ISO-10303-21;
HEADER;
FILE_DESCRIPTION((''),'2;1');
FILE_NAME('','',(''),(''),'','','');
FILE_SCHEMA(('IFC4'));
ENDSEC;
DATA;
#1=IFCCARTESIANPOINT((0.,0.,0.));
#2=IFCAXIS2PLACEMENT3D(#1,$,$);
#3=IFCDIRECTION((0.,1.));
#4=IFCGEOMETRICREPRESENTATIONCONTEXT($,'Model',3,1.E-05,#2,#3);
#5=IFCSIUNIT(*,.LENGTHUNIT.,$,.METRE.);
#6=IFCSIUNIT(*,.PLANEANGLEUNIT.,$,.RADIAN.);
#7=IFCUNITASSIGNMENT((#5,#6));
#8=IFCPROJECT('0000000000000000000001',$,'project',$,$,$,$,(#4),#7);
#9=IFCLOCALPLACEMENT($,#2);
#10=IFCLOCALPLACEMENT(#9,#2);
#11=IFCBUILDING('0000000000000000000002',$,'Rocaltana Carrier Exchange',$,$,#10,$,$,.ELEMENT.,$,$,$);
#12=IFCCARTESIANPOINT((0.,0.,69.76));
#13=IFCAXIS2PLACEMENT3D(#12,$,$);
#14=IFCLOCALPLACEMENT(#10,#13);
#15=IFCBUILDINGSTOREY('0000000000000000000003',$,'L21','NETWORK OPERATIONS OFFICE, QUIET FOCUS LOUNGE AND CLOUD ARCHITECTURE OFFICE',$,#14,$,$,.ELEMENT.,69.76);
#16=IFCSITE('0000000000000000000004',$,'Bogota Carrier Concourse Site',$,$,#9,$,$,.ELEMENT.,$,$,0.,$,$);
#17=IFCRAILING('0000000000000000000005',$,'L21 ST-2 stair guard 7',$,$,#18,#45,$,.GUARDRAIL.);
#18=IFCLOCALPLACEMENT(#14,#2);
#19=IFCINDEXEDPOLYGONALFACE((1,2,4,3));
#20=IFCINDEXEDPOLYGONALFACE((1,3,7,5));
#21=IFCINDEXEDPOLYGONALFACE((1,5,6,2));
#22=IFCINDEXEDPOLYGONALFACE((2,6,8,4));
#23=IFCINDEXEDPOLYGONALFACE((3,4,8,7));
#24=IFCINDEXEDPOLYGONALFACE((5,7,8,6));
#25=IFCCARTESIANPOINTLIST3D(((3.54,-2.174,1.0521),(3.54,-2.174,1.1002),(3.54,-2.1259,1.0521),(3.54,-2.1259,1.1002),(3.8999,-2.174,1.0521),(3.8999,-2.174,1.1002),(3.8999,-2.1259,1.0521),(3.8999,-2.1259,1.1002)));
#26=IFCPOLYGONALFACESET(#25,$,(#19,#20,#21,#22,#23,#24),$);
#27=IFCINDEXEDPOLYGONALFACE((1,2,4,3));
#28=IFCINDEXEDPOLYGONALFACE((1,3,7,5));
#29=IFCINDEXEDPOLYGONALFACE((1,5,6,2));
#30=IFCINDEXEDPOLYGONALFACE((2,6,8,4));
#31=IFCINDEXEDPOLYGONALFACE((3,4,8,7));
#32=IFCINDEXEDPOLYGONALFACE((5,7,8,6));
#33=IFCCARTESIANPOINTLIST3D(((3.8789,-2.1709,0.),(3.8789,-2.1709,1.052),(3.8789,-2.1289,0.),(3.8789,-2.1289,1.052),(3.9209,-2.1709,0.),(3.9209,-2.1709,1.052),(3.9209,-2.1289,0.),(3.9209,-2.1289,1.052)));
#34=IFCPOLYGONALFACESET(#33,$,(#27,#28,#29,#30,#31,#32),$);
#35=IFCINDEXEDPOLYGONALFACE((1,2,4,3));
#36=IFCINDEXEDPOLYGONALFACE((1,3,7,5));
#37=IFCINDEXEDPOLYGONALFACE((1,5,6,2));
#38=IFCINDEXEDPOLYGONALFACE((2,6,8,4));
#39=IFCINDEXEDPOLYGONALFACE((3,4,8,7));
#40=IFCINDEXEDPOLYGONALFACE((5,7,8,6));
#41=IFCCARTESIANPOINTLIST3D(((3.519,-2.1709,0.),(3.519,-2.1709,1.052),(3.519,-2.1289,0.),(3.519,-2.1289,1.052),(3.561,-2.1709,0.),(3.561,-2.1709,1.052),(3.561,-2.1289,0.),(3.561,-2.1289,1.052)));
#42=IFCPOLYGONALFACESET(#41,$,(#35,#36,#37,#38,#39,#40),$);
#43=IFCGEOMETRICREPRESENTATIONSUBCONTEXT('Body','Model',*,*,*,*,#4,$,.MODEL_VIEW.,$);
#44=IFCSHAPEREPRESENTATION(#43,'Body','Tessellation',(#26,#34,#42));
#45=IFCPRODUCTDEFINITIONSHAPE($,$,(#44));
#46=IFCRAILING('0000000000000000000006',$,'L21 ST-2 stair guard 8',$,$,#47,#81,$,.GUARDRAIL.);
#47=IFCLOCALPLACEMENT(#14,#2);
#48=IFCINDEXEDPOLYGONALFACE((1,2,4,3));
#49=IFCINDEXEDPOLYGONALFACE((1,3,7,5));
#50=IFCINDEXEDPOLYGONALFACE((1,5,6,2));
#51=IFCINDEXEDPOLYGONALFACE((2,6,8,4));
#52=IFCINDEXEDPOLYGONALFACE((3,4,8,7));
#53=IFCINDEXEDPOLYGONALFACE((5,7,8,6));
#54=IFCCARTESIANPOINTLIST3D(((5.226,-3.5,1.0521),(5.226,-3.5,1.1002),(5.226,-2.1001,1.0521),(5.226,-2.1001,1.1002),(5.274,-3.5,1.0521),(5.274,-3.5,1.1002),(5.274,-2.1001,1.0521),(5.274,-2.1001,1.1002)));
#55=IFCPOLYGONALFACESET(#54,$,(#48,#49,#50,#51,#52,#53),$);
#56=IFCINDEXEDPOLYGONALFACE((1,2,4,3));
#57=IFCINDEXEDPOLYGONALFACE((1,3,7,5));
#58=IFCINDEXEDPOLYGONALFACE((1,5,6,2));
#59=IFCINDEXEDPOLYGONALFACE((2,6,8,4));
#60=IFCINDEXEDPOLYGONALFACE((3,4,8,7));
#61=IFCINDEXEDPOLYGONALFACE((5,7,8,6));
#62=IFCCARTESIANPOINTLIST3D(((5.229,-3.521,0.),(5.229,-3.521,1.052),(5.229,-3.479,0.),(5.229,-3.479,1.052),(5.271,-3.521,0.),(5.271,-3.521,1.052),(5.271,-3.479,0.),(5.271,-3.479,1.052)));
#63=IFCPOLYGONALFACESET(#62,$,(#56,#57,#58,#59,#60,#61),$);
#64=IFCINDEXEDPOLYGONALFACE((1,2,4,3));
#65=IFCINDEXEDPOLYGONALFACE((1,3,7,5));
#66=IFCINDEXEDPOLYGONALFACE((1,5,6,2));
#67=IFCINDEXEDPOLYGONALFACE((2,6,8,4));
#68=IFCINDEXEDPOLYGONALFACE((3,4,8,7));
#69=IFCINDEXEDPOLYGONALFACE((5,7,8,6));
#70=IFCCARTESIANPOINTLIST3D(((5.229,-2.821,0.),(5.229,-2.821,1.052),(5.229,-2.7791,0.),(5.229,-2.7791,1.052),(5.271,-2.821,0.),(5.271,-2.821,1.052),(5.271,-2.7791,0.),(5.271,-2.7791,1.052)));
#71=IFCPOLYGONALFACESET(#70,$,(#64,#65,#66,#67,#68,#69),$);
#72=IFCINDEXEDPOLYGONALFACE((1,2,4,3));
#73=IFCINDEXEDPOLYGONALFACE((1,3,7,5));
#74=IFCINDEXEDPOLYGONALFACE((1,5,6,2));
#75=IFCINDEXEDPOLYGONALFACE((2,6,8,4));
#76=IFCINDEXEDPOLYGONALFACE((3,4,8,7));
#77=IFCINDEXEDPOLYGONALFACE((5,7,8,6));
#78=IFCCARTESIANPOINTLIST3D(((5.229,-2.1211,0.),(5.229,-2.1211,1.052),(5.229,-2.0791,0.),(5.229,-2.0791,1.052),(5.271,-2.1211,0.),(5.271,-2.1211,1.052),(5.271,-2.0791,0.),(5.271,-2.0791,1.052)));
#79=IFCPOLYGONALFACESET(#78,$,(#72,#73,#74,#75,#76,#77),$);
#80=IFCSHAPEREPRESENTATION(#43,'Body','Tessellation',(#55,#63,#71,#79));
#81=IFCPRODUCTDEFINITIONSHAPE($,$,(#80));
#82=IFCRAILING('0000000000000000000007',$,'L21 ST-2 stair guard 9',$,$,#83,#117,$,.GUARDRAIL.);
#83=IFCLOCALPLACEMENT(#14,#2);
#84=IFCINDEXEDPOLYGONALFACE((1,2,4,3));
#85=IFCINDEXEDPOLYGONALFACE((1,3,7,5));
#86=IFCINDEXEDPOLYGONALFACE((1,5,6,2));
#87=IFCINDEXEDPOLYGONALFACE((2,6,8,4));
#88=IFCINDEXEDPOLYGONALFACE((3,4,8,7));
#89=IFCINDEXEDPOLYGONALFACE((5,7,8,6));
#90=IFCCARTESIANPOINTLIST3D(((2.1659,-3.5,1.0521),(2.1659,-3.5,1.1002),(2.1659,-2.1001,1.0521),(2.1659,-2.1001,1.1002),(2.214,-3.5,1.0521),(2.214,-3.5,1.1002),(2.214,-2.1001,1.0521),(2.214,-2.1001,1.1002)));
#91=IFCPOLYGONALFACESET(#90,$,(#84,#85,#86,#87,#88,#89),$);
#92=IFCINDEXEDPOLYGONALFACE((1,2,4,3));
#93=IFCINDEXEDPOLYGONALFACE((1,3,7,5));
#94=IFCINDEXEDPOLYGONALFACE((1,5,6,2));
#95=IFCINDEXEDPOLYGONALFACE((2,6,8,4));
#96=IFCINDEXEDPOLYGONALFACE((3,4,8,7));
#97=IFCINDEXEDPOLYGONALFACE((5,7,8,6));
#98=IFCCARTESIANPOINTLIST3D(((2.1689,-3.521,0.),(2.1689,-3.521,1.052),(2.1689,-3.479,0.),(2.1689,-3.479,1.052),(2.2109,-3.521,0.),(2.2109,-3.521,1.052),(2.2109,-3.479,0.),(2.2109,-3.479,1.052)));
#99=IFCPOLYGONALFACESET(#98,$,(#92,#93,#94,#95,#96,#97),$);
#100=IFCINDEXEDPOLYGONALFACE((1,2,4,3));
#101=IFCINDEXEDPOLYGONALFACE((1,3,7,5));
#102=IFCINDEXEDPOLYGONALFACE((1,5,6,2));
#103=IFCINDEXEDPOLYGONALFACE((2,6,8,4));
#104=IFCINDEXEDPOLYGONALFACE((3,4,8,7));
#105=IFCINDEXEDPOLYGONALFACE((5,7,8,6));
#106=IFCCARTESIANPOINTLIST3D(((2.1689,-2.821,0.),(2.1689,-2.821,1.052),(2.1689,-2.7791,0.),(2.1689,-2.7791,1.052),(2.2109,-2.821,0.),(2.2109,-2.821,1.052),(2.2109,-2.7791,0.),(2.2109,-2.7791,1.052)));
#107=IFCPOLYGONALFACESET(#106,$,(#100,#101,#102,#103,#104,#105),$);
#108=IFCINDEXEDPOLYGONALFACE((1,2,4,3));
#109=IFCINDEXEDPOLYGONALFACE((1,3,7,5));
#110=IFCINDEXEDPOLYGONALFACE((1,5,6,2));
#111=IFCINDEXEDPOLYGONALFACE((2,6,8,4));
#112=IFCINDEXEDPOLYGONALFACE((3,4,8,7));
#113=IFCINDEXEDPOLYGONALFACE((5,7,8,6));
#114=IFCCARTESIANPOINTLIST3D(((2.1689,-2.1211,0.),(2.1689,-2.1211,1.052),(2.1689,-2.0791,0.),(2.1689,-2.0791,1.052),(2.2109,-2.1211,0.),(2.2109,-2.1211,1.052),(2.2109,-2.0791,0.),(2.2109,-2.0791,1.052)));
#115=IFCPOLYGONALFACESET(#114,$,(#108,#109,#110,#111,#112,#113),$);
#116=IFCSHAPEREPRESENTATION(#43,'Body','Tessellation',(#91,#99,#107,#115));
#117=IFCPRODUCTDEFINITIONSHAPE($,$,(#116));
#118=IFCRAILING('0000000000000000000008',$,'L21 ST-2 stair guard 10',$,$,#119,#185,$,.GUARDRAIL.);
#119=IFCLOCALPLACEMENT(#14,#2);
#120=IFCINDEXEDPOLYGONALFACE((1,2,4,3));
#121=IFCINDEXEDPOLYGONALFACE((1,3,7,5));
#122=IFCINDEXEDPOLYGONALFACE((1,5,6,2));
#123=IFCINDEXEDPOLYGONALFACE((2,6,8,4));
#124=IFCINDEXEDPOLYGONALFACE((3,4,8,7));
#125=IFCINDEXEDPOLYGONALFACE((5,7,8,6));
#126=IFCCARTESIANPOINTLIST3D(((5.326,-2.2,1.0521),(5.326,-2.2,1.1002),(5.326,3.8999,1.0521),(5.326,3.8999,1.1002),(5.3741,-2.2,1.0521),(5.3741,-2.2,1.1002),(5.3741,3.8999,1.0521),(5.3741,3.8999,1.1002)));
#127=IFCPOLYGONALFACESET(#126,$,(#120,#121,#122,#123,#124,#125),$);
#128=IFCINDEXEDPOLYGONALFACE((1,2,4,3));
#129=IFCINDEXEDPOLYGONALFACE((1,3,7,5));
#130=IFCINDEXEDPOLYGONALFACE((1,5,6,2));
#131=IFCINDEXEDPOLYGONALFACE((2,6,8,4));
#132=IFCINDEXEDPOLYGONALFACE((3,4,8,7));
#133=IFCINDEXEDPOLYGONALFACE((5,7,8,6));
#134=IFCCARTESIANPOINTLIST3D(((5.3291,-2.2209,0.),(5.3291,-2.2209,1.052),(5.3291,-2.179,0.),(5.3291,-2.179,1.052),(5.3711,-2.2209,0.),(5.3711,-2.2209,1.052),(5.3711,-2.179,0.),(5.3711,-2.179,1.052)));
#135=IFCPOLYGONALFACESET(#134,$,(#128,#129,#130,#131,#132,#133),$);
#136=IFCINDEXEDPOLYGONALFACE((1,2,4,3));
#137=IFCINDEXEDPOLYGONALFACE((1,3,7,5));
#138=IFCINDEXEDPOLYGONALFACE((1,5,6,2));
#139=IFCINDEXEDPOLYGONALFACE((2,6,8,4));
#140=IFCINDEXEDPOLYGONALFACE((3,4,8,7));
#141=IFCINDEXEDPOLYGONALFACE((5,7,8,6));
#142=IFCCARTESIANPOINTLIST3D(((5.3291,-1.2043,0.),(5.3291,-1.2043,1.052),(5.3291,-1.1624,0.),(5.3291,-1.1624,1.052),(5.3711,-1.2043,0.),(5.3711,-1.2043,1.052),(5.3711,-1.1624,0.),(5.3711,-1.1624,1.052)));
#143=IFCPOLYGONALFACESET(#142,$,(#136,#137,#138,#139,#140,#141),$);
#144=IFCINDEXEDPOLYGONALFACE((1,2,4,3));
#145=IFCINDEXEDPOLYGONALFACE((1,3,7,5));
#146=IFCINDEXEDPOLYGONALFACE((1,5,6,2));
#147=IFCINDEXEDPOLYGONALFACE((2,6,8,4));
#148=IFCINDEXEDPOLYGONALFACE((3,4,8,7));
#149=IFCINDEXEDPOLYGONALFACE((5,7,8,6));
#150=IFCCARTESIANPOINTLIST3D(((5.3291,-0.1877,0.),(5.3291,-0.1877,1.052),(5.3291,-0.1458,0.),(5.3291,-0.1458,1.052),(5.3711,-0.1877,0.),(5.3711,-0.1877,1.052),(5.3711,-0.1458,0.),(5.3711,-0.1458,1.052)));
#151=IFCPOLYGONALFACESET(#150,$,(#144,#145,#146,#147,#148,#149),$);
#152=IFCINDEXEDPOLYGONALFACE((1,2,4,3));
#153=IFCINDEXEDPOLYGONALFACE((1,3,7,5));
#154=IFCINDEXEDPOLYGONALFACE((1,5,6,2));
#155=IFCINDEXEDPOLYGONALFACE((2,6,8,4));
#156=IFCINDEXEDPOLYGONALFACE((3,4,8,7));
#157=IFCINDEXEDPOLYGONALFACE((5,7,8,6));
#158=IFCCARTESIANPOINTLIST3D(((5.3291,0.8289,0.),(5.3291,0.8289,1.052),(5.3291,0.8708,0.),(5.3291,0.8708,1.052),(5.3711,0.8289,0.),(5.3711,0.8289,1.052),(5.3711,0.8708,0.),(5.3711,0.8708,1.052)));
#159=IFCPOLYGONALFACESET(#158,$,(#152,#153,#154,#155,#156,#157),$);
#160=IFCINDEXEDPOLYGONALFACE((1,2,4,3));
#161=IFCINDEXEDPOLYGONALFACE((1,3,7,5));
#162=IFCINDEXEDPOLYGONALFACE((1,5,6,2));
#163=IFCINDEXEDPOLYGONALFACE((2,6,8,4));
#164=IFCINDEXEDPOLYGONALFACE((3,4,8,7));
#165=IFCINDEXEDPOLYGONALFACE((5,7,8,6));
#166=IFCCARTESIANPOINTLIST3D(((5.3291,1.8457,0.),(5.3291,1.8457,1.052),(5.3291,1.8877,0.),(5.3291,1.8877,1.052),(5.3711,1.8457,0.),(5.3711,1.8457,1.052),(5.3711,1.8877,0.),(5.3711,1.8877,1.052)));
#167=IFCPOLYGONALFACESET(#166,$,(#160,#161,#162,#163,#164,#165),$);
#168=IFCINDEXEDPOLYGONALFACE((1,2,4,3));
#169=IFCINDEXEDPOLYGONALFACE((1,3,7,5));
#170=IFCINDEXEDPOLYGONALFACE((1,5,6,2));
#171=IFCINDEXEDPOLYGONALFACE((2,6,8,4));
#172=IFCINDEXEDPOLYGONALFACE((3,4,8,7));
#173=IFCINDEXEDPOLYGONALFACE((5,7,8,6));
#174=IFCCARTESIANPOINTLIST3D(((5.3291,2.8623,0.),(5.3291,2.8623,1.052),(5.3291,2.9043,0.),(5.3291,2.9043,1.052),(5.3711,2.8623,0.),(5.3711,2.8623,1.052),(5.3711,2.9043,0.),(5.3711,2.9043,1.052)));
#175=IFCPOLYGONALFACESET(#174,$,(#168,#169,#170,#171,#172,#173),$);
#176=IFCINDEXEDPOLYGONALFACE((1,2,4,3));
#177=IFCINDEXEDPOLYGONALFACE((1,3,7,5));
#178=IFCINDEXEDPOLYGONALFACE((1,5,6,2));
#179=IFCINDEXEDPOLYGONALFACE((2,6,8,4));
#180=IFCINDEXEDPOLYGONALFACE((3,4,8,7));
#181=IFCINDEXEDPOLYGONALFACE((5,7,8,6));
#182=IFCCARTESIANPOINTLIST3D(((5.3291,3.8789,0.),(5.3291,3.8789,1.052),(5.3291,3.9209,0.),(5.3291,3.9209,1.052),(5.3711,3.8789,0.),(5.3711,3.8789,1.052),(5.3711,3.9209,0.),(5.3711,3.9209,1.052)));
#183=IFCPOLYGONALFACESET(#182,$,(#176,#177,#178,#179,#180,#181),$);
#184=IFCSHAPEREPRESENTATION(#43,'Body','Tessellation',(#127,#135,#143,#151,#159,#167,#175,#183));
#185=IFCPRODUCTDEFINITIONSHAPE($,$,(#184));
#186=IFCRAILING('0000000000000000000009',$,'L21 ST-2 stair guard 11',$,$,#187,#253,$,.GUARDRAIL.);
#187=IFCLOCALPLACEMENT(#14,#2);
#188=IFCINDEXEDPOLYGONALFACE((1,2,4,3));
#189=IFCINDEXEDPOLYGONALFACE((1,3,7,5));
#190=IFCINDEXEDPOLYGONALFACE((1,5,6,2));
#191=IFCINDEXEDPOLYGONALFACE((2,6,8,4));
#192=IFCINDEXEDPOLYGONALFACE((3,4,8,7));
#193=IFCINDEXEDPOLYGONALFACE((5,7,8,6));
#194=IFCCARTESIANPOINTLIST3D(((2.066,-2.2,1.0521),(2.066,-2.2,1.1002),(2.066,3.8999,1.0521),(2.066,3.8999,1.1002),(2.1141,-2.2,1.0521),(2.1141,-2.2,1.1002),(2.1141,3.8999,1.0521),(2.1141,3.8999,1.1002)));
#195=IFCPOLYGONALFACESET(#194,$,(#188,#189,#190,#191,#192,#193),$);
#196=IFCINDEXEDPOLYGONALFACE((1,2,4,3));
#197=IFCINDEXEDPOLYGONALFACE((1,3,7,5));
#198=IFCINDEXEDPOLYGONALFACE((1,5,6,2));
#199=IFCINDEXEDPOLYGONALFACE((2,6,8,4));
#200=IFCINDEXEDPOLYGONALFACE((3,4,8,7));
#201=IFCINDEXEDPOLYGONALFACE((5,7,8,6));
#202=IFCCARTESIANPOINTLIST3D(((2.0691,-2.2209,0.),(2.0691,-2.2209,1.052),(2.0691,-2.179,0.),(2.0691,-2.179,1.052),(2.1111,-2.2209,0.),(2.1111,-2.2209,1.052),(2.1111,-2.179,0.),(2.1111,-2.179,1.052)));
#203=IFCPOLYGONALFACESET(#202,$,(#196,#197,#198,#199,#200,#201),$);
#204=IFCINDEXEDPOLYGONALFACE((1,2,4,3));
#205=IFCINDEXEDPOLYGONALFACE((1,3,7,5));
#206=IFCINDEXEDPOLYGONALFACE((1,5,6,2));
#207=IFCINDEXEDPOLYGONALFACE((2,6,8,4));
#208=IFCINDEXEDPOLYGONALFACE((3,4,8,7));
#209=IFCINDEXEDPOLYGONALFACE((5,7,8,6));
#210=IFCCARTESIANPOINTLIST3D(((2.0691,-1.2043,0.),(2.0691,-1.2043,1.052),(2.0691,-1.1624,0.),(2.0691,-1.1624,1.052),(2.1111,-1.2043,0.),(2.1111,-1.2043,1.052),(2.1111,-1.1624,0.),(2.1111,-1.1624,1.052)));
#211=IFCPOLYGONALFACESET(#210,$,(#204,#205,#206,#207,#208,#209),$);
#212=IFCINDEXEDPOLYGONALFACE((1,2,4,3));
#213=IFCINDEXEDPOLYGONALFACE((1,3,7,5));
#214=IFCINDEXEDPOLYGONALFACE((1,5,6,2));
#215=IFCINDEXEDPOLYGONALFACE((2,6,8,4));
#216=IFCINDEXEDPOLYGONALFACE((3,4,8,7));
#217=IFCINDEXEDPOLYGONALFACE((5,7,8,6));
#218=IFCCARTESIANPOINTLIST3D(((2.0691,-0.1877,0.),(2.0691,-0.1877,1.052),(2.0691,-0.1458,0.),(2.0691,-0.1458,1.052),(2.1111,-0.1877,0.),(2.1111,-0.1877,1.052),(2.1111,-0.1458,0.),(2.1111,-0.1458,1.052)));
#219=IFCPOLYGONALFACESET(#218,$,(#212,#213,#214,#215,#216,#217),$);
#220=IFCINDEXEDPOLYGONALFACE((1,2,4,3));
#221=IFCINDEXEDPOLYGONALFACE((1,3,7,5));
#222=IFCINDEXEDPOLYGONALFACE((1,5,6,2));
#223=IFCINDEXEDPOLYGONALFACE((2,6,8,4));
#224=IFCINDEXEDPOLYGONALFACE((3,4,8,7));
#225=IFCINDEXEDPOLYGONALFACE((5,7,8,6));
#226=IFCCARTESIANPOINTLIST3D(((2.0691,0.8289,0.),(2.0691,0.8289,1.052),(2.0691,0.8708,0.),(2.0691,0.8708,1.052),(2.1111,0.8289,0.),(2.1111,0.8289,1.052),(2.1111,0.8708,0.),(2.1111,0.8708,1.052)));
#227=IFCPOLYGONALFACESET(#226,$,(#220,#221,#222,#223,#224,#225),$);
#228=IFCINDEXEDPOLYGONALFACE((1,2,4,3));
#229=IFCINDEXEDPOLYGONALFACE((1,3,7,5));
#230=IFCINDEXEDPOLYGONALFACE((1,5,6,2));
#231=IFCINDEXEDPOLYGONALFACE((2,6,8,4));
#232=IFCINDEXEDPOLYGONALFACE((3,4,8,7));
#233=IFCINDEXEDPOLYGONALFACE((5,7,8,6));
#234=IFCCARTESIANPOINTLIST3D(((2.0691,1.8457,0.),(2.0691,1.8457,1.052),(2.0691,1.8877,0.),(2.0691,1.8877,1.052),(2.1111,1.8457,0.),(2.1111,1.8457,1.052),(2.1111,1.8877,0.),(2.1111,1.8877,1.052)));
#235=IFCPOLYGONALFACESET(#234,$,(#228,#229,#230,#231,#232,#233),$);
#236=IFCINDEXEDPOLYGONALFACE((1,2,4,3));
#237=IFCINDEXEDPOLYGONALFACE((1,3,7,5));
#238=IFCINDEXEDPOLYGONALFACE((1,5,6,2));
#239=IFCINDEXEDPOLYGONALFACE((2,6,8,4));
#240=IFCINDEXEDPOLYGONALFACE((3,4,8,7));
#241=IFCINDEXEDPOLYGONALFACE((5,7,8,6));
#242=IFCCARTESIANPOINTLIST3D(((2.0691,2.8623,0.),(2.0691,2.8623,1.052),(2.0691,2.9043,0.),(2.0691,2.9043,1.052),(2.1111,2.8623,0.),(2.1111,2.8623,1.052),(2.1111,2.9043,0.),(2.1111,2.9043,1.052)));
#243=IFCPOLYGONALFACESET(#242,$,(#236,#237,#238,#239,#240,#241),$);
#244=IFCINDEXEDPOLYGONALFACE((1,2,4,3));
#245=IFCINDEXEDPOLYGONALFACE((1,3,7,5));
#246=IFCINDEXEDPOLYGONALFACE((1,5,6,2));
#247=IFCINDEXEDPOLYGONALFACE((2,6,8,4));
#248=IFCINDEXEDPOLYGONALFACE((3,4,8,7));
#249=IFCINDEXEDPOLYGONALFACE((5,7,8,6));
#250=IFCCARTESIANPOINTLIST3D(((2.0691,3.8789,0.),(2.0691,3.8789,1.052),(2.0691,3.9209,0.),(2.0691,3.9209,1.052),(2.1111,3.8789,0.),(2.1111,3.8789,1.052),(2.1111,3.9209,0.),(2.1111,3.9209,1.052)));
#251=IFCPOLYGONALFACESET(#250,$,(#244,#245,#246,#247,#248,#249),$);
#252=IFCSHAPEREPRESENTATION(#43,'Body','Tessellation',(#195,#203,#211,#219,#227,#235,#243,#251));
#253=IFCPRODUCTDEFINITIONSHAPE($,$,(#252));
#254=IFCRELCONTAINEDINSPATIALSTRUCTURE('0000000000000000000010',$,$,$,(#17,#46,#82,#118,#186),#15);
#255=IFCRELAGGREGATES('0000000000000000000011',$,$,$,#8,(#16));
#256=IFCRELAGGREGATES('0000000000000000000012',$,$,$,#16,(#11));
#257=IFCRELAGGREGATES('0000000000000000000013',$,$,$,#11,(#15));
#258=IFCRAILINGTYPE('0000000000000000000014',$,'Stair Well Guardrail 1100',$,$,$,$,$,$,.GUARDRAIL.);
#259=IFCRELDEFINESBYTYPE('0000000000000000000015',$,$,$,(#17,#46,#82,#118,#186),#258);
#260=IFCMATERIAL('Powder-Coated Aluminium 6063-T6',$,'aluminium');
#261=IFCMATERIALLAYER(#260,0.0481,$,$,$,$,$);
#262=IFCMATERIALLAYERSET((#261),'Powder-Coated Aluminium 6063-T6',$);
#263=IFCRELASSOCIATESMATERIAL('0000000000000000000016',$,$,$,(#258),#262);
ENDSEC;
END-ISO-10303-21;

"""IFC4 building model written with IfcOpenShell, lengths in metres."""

from ifc_helpers import new_model, si_unit, direction, frame, origin, origin_2d, place, context, subcontext, project, spatial, rectangle, extrude, material, layer, layer_set, type_object, element, save


model = new_model("IFC4")

# Units and contexts
model_context = context("Model", 3, precision=1e-05, world=origin(), true_north=direction((0.0, 1.0)))
body_context = subcontext(model_context, "Body", "Model", "MODEL_VIEW")
ifc_project = project(units=[si_unit("LENGTHUNIT", "METRE"), si_unit("PLANEANGLEUNIT", "RADIAN")], contexts=[model_context])

# Site, building, storey
site_placement = place(None, origin())
site = spatial("IfcSite", under=ifc_project, at=site_placement, Name="Bogota Carrier Concourse Site", CompositionType="ELEMENT", RefElevation=0.0)
building_placement = place(site_placement, origin())
building = spatial("IfcBuilding", under=site, at=building_placement, Name="Rocaltana Carrier Exchange", CompositionType="ELEMENT")
storey_placement = place(building_placement, frame((0.0, 0.0, 69.76)))
storey = spatial("IfcBuildingStorey", under=building, at=storey_placement, Name="L21", Description="NETWORK OPERATIONS OFFICE, QUIET FOCUS LOUNGE AND CLOUD ARCHITECTURE OFFICE", CompositionType="ELEMENT", Elevation=69.76)

# Railings
ifc_material_1 = material(Name="Powder-Coated Aluminium 6063-T6", Category="aluminium")
ifc_layer_1 = layer(ifc_material_1, 0.0481)
ifc_layer_set_1 = layer_set([ifc_layer_1], Name="Powder-Coated Aluminium 6063-T6")
railing_type_1 = type_object("IfcRailingType", Name="Stair Well Guardrail 1100", PredefinedType="GUARDRAIL", material=ifc_layer_set_1)
railing_1_placement = place(storey_placement, frame((3.8999, -2.1499, 0.0)))
element("IfcRailing", 1, at=railing_1_placement, inside=storey, type_object=railing_type_1, Name="L21 ST-2 stair guard 7", PredefinedType="GUARDRAIL", context=body_context, shape_type="SweptSolid", body=[
    extrude(rectangle(XDim=0.0481, YDim=0.0481, at=origin_2d()), frame((0.0, 0.0, 1.0762), z_axis=(-1.0, 0.0, 0.0), x_axis=(0.0, -1.0, 0.0)), (0.0, 0.0, 1.0), 0.3599),
    extrude(rectangle(XDim=0.042, YDim=0.042, at=origin_2d()), origin(), (0.0, 0.0, 1.0), 1.052),
    extrude(rectangle(XDim=0.042, YDim=0.042, at=origin_2d()), frame((-0.3599, 0.0, 0.0)), (0.0, 0.0, 1.0), 1.052),
])
for number, where, name in (
    (2, (5.25, -3.5, 0.0), "L21 ST-2 stair guard 8"),
    (3, (2.1899, -3.5, 0.0), "L21 ST-2 stair guard 9"),
):
    element("IfcRailing", number, at=place(storey_placement, frame(where)), inside=storey, type_object=railing_type_1, Name=name, PredefinedType="GUARDRAIL", context=body_context, shape_type="SweptSolid", body=[
        extrude(rectangle(XDim=0.0481, YDim=0.0481, at=origin_2d()), frame((0.0, 0.0, 1.0762), z_axis=(0.0, 1.0, 0.0), x_axis=(-1.0, 0.0, 0.0)), (0.0, 0.0, 1.0), 1.3999),
        extrude(rectangle(XDim=0.042, YDim=0.042, at=origin_2d()), origin(), (0.0, 0.0, 1.0), 1.052),
        extrude(rectangle(XDim=0.042, YDim=0.042, at=origin_2d()), frame((0.0, 0.7, 0.0)), (0.0, 0.0, 1.0), 1.052),
        extrude(rectangle(XDim=0.042, YDim=0.042, at=origin_2d()), frame((0.0, 1.3999, 0.0)), (0.0, 0.0, 1.0), 1.052),
    ])
for number, where, name in (
    (4, (5.3501, -2.2, 0.0), "L21 ST-2 stair guard 10"),
    (5, (2.0901, -2.2, 0.0), "L21 ST-2 stair guard 11"),
):
    element("IfcRailing", number, at=place(storey_placement, frame(where)), inside=storey, type_object=railing_type_1, Name=name, PredefinedType="GUARDRAIL", context=body_context, shape_type="SweptSolid", body=[
        extrude(rectangle(XDim=0.0481, YDim=0.0481, at=origin_2d()), frame((0.0, 0.0, 1.0762), z_axis=(0.0, 1.0, 0.0), x_axis=(-1.0, 0.0, 0.0)), (0.0, 0.0, 1.0), 6.0999),
        extrude(rectangle(XDim=0.042, YDim=0.042, at=origin_2d()), origin(), (0.0, 0.0, 1.0), 1.052),
        extrude(rectangle(XDim=0.042, YDim=0.042, at=origin_2d()), frame((0.0, 1.0166, 0.0)), (0.0, 0.0, 1.0), 1.052),
        extrude(rectangle(XDim=0.042, YDim=0.042, at=origin_2d()), frame((0.0, 2.0332, 0.0)), (0.0, 0.0, 1.0), 1.052),
        extrude(rectangle(XDim=0.042, YDim=0.042, at=origin_2d()), frame((0.0, 3.0498, 0.0)), (0.0, 0.0, 1.0), 1.052),
        extrude(rectangle(XDim=0.042, YDim=0.042, at=origin_2d()), frame((0.0, 4.0667, 0.0)), (0.0, 0.0, 1.0), 1.052),
        extrude(rectangle(XDim=0.042, YDim=0.042, at=origin_2d()), frame((0.0, 5.0833, 0.0)), (0.0, 0.0, 1.0), 1.052),
        extrude(rectangle(XDim=0.042, YDim=0.042, at=origin_2d()), frame((0.0, 6.0999, 0.0)), (0.0, 0.0, 1.0), 1.052),
    ])

save(model, "model.ifc")
